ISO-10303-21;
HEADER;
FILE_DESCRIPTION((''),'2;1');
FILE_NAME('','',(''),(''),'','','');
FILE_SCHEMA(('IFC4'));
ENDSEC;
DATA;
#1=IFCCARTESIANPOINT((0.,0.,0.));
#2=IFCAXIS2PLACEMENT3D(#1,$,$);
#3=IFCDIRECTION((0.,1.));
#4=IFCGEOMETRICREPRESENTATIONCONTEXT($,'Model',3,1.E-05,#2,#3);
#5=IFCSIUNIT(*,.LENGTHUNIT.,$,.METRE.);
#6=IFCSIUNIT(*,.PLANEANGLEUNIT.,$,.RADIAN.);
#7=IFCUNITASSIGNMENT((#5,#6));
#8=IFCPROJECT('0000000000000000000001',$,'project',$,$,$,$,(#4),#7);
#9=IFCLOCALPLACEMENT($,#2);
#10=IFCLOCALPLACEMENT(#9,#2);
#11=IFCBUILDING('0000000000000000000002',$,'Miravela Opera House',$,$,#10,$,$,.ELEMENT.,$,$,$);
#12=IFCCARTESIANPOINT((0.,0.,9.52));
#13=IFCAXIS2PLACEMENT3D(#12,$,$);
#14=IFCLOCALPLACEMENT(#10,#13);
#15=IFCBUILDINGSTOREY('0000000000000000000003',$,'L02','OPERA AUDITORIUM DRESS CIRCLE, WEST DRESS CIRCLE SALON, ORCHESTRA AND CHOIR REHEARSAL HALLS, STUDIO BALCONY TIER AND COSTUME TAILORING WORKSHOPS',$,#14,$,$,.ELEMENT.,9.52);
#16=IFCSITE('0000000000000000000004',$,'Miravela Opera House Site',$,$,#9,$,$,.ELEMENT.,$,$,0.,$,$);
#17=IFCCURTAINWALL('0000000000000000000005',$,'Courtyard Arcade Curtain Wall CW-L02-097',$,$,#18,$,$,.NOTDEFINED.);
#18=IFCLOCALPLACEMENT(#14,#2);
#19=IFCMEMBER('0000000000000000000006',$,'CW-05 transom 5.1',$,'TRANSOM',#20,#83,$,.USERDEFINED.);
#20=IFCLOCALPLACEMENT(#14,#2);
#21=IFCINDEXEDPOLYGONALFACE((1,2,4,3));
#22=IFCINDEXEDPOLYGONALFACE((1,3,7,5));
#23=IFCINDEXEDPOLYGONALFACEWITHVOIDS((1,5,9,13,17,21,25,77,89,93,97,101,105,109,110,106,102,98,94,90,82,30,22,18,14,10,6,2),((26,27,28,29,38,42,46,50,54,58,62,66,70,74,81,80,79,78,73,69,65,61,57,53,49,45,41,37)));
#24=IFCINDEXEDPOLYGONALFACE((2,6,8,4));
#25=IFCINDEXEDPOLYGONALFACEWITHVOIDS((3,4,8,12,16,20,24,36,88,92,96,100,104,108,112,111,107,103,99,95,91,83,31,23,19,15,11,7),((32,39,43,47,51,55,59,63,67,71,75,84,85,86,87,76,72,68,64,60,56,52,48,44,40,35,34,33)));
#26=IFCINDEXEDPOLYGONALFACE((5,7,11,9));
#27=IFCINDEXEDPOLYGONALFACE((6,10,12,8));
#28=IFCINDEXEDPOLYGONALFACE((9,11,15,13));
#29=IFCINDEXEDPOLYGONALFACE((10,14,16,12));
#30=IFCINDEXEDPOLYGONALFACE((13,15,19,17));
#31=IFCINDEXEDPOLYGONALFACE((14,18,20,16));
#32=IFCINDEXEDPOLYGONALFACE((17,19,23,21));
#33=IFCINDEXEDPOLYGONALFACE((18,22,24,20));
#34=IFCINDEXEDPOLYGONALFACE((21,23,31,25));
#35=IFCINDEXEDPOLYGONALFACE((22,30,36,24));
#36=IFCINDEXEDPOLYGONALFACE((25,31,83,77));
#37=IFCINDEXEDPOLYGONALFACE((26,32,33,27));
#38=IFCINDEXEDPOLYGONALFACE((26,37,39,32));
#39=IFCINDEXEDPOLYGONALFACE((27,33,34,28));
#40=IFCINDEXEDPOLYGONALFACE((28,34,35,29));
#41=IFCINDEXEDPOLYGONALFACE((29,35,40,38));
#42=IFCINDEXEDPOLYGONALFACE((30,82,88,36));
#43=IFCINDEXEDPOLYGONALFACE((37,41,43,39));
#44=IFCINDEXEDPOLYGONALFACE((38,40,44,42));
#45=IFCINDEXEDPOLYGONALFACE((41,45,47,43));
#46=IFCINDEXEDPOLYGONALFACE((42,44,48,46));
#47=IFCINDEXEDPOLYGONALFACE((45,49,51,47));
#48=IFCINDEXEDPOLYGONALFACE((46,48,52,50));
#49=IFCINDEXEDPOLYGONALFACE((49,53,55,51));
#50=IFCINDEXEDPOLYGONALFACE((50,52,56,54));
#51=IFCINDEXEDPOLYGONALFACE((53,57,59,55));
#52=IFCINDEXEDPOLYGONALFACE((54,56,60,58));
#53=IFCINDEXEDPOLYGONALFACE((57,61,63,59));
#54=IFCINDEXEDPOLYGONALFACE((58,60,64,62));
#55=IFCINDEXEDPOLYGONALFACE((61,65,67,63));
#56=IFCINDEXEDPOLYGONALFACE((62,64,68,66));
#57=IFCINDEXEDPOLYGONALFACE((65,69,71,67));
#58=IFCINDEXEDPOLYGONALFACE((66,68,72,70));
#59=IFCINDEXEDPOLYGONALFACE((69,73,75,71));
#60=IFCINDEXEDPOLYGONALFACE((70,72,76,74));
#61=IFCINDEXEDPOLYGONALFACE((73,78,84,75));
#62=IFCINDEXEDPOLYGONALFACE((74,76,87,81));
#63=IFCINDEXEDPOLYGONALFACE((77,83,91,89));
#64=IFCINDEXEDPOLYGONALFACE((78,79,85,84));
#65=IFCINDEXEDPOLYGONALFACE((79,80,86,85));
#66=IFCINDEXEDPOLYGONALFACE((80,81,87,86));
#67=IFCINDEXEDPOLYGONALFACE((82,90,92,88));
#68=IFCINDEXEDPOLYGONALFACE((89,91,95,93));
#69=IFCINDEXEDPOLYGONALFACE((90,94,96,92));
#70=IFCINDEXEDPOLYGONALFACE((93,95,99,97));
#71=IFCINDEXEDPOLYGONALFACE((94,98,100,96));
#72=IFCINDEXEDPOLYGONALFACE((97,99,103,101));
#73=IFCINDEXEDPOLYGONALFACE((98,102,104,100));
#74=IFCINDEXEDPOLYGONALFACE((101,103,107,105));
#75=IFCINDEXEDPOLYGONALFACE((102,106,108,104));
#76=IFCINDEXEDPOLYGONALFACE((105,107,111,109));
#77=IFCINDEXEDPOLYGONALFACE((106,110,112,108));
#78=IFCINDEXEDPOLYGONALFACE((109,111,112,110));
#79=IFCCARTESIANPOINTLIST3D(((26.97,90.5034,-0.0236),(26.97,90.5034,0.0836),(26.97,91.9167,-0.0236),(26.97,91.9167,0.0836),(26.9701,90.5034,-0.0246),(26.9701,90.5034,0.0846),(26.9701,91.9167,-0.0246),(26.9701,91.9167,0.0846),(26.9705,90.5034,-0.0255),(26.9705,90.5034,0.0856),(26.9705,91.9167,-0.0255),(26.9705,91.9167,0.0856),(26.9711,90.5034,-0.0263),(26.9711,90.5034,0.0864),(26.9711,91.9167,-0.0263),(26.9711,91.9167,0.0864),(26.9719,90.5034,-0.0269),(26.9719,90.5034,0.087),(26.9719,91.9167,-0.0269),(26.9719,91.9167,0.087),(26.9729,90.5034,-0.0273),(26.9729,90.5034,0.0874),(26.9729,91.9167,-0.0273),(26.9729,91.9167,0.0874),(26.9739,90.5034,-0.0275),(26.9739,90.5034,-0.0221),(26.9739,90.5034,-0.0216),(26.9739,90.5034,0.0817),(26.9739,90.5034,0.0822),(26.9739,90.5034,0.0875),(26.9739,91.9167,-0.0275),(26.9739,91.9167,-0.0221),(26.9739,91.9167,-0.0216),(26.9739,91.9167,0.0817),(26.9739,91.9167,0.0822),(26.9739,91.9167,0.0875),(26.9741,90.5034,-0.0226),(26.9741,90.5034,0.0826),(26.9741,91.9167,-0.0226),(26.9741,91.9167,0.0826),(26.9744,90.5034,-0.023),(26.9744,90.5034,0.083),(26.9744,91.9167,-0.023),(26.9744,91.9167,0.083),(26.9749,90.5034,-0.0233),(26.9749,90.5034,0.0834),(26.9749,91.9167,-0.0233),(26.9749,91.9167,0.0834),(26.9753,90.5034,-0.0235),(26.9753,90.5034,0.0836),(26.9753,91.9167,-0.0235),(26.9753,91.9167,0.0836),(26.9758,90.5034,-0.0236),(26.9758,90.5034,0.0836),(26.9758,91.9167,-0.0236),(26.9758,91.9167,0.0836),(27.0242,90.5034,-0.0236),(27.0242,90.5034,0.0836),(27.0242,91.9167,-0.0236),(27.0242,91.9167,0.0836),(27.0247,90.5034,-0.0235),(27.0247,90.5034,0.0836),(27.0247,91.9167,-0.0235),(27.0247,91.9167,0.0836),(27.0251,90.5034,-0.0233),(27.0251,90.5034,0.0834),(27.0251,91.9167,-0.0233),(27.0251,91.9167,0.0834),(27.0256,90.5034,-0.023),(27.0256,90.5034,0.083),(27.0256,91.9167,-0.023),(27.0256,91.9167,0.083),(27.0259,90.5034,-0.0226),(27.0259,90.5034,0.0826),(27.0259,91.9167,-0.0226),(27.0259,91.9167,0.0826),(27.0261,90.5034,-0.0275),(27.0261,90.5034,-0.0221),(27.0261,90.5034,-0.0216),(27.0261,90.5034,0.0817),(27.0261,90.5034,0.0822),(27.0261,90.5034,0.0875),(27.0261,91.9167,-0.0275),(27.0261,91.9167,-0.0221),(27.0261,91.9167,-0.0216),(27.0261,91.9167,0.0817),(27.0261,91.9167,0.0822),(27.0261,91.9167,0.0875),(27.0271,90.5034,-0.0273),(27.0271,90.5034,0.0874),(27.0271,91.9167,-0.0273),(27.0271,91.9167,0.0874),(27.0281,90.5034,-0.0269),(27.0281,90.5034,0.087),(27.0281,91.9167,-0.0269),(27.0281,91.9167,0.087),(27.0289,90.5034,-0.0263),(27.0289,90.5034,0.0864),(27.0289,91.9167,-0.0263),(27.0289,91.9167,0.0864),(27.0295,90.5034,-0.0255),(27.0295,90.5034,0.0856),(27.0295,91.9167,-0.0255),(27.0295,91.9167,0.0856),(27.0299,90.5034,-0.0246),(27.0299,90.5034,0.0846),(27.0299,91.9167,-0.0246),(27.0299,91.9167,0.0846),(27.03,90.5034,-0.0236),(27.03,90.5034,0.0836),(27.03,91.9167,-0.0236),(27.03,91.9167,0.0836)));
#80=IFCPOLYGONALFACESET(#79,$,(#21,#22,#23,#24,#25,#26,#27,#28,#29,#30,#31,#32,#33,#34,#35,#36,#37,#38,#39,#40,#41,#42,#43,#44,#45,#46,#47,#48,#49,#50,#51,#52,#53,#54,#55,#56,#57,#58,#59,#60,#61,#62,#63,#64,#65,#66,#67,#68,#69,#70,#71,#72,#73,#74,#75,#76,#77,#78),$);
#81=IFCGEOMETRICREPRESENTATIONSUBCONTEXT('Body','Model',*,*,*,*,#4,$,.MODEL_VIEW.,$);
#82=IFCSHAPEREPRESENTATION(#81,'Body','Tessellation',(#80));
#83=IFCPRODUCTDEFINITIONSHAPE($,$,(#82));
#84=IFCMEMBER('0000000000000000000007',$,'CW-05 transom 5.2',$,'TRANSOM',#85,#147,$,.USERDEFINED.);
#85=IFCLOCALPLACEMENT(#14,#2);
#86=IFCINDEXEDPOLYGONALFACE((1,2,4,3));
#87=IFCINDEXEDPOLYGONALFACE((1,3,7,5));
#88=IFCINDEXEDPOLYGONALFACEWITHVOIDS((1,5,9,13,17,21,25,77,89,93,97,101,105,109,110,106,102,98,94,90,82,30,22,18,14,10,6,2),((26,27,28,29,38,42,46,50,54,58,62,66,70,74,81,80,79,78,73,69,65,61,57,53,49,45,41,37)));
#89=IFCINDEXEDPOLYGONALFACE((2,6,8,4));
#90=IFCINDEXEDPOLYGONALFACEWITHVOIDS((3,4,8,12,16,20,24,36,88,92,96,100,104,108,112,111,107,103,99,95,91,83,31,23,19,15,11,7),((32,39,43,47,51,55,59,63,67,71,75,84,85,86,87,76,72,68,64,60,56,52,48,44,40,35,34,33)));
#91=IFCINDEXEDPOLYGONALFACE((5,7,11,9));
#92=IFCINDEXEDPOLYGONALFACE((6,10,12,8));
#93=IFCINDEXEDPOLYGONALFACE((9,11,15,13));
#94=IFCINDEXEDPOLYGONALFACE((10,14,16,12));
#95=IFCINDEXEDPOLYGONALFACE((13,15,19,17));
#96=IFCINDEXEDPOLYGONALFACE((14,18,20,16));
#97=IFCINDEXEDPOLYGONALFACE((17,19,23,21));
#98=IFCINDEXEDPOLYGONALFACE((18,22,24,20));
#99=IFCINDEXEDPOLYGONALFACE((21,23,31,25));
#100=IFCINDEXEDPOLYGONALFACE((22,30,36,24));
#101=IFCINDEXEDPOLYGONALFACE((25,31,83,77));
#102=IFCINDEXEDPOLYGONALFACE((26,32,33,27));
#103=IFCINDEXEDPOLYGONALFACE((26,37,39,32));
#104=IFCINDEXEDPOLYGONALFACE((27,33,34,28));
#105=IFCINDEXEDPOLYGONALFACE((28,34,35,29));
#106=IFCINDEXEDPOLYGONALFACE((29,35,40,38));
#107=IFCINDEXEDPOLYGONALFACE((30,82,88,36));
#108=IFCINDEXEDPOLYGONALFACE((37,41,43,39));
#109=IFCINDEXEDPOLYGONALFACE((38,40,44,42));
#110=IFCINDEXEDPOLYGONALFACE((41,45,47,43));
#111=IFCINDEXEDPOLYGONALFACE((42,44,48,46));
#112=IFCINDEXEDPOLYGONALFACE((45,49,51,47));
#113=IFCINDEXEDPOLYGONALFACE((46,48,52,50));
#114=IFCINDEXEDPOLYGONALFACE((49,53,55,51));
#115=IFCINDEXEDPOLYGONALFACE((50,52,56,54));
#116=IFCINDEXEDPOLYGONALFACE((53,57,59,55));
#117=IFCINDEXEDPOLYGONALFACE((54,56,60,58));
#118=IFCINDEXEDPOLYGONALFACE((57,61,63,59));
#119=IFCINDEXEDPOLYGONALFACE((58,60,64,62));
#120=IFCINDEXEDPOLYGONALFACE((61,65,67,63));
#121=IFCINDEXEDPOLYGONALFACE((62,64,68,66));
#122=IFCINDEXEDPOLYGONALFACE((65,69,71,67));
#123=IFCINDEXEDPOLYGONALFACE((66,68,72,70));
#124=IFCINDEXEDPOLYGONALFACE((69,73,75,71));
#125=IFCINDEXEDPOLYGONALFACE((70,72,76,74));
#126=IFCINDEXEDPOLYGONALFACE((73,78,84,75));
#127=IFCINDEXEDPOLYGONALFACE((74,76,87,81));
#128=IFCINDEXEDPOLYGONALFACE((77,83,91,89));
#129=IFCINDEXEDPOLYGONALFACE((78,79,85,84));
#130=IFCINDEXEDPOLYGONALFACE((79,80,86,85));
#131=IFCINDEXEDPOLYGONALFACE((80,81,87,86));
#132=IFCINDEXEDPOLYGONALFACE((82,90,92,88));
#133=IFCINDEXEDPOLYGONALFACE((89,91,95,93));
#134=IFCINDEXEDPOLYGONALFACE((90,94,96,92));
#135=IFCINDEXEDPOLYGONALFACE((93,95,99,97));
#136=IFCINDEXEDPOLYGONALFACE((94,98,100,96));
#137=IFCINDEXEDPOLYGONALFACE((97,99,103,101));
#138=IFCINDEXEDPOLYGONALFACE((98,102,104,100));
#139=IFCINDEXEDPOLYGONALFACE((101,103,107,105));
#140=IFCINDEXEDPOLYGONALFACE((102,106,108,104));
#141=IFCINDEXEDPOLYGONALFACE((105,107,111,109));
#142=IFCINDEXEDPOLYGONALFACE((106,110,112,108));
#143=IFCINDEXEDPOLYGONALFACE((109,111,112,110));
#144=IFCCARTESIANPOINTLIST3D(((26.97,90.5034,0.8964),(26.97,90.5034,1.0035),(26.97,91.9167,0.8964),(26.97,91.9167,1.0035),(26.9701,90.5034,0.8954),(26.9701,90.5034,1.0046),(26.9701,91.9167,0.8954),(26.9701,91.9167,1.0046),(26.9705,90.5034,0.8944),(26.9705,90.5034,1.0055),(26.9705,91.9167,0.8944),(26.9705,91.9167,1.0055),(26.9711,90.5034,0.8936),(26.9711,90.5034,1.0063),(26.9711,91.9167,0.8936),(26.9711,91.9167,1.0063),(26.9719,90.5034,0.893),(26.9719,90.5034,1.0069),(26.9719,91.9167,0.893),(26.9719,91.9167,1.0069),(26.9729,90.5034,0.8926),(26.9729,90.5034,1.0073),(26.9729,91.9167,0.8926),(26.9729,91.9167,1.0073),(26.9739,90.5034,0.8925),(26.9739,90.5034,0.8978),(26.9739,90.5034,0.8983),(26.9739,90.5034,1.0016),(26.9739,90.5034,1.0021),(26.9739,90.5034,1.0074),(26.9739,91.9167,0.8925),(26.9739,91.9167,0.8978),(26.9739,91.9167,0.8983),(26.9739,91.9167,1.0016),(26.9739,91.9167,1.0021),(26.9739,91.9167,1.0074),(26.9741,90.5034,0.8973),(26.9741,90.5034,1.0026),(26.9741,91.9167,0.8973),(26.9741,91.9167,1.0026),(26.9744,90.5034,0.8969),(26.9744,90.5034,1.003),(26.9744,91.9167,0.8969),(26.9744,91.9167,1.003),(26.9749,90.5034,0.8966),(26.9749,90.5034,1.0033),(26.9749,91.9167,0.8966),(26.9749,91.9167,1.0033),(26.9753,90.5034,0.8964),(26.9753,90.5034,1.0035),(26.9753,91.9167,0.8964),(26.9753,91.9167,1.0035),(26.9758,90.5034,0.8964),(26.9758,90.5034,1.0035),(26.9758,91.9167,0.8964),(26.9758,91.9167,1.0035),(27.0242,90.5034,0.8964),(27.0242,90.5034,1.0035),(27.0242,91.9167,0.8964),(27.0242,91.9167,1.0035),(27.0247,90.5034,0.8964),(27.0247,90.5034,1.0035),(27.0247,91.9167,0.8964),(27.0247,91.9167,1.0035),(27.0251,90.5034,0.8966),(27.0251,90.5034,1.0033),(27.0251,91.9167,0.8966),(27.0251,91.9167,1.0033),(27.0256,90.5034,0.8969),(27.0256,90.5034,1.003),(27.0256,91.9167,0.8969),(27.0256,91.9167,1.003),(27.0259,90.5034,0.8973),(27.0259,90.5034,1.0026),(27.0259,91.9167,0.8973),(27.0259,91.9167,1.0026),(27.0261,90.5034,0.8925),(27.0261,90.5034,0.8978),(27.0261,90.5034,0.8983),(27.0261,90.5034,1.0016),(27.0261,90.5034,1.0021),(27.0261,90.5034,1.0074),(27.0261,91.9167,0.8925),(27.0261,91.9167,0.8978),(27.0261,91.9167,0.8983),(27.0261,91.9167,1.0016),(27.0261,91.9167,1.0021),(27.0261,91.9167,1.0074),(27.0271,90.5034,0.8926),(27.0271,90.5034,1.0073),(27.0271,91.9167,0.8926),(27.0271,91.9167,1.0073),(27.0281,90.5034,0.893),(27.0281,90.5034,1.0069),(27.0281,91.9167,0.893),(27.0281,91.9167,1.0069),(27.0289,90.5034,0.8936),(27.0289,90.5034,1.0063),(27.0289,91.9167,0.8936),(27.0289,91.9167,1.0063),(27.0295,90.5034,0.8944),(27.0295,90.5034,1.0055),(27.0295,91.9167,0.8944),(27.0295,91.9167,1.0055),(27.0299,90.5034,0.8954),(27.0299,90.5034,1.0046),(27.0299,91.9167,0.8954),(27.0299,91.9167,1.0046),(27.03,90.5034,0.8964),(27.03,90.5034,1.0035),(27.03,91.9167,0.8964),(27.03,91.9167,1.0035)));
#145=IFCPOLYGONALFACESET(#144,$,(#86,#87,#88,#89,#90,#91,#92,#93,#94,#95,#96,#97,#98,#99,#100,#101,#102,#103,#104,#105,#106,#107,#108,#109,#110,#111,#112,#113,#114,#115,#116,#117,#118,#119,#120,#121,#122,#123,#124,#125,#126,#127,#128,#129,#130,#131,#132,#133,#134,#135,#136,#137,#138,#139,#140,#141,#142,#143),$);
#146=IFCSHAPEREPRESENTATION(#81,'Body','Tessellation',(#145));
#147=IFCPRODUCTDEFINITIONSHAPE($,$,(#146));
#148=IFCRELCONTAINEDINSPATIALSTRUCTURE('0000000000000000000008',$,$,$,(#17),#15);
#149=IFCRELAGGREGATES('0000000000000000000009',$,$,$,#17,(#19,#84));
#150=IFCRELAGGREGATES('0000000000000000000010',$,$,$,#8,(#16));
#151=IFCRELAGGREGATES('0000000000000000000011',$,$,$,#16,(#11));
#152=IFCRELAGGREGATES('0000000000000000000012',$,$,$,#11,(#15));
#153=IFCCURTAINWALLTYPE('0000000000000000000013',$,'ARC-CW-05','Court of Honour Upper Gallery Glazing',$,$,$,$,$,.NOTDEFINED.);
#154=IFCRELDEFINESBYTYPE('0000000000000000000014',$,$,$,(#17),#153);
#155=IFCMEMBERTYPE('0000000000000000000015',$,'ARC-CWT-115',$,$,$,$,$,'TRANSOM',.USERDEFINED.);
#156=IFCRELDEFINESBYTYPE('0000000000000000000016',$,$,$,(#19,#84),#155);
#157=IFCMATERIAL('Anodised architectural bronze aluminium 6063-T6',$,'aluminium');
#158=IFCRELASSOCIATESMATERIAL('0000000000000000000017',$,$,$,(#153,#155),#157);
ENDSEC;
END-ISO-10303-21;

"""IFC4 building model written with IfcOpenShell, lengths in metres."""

from ifc_helpers import new_model, si_unit, direction, frame, origin, origin_2d, place, context, subcontext, project, spatial, hollow_rectangle, extrude, material, material_profile, profile_set, type_object, element, aggregate, save


model = new_model("IFC4")

# Units and contexts
model_context = context("Model", 3, precision=1e-05, world=origin(), true_north=direction((0.0, 1.0)))
body_context = subcontext(model_context, "Body", "Model", "MODEL_VIEW")
ifc_project = project(units=[si_unit("LENGTHUNIT", "METRE"), si_unit("PLANEANGLEUNIT", "RADIAN")], contexts=[model_context])

# Site, building, storey
site_placement = place(None, origin())
site = spatial("IfcSite", under=ifc_project, at=site_placement, Name="Miravela Opera House Site", CompositionType="ELEMENT", RefElevation=0.0)
building_placement = place(site_placement, origin())
building = spatial("IfcBuilding", under=site, at=building_placement, Name="Miravela Opera House", CompositionType="ELEMENT")
storey_placement = place(building_placement, frame((0.0, 0.0, 9.52)))
storey = spatial("IfcBuildingStorey", under=building, at=storey_placement, Name="L02", Description="OPERA AUDITORIUM DRESS CIRCLE, WEST DRESS CIRCLE SALON, ORCHESTRA AND CHOIR REHEARSAL HALLS, STUDIO BALCONY TIER AND COSTUME TAILORING WORKSHOPS", CompositionType="ELEMENT", Elevation=9.52)

# Curtain wall, members
ifc_material_1 = material(Name="Anodised architectural bronze aluminium 6063-T6", Category="aluminium")
curtain_wall_type = type_object("IfcCurtainWallType", Name="ARC-CW-05", Description="Court of Honour Upper Gallery Glazing", PredefinedType="NOTDEFINED", material=ifc_material_1)
curtain_wall_placement = place(storey_placement, origin())
curtain_wall = element("IfcCurtainWall", 1, at=curtain_wall_placement, inside=storey, type_object=curtain_wall_type, Name="Courtyard Arcade Curtain Wall CW-L02-097", PredefinedType="NOTDEFINED")
ifc_material_profile_1 = material_profile(ifc_material_1, hollow_rectangle(XDim=0.0601, YDim=0.115, WallThickness=0.0039, InnerFilletRadius=0.002, OuterFilletRadius=0.0039, at=origin_2d()), Name="CWT-60X115")
ifc_profile_set_1 = profile_set([ifc_material_profile_1])
member_type_1 = type_object("IfcMemberType", Name="ARC-CWT-115", ElementType="TRANSOM", PredefinedType="USERDEFINED", material=ifc_profile_set_1)
member_1_placement = place(storey_placement, frame((27.0, 90.5034, 0.03), z_axis=(0.0, 1.0, 0.0), x_axis=(-1.0, 0.0, 0.0)))
member_1 = element("IfcMember", 2, at=member_1_placement, type_object=member_type_1, Name="CW-05 transom 5.1", ObjectType="TRANSOM", PredefinedType="USERDEFINED", context=body_context, shape_type="SweptSolid", body=[
    extrude(hollow_rectangle(XDim=0.0601, YDim=0.115, WallThickness=0.0039, InnerFilletRadius=0.002, OuterFilletRadius=0.0039, at=origin_2d()), origin(), (0.0, 0.0, 1.0), 1.4133),
])
member_2_placement = place(storey_placement, frame((27.0, 90.5034, 0.95), z_axis=(0.0, 1.0, 0.0), x_axis=(-1.0, 0.0, 0.0)))
member_2 = element("IfcMember", 3, at=member_2_placement, type_object=member_type_1, Name="CW-05 transom 5.2", ObjectType="TRANSOM", PredefinedType="USERDEFINED", context=body_context, shape_type="SweptSolid", body=[
    extrude(hollow_rectangle(XDim=0.0601, YDim=0.115, WallThickness=0.0039, InnerFilletRadius=0.002, OuterFilletRadius=0.0039, at=origin_2d()), origin(), (0.0, 0.0, 1.0), 1.4133),
])
aggregate(curtain_wall, [member_1, member_2])

save(model, "model.ifc")
